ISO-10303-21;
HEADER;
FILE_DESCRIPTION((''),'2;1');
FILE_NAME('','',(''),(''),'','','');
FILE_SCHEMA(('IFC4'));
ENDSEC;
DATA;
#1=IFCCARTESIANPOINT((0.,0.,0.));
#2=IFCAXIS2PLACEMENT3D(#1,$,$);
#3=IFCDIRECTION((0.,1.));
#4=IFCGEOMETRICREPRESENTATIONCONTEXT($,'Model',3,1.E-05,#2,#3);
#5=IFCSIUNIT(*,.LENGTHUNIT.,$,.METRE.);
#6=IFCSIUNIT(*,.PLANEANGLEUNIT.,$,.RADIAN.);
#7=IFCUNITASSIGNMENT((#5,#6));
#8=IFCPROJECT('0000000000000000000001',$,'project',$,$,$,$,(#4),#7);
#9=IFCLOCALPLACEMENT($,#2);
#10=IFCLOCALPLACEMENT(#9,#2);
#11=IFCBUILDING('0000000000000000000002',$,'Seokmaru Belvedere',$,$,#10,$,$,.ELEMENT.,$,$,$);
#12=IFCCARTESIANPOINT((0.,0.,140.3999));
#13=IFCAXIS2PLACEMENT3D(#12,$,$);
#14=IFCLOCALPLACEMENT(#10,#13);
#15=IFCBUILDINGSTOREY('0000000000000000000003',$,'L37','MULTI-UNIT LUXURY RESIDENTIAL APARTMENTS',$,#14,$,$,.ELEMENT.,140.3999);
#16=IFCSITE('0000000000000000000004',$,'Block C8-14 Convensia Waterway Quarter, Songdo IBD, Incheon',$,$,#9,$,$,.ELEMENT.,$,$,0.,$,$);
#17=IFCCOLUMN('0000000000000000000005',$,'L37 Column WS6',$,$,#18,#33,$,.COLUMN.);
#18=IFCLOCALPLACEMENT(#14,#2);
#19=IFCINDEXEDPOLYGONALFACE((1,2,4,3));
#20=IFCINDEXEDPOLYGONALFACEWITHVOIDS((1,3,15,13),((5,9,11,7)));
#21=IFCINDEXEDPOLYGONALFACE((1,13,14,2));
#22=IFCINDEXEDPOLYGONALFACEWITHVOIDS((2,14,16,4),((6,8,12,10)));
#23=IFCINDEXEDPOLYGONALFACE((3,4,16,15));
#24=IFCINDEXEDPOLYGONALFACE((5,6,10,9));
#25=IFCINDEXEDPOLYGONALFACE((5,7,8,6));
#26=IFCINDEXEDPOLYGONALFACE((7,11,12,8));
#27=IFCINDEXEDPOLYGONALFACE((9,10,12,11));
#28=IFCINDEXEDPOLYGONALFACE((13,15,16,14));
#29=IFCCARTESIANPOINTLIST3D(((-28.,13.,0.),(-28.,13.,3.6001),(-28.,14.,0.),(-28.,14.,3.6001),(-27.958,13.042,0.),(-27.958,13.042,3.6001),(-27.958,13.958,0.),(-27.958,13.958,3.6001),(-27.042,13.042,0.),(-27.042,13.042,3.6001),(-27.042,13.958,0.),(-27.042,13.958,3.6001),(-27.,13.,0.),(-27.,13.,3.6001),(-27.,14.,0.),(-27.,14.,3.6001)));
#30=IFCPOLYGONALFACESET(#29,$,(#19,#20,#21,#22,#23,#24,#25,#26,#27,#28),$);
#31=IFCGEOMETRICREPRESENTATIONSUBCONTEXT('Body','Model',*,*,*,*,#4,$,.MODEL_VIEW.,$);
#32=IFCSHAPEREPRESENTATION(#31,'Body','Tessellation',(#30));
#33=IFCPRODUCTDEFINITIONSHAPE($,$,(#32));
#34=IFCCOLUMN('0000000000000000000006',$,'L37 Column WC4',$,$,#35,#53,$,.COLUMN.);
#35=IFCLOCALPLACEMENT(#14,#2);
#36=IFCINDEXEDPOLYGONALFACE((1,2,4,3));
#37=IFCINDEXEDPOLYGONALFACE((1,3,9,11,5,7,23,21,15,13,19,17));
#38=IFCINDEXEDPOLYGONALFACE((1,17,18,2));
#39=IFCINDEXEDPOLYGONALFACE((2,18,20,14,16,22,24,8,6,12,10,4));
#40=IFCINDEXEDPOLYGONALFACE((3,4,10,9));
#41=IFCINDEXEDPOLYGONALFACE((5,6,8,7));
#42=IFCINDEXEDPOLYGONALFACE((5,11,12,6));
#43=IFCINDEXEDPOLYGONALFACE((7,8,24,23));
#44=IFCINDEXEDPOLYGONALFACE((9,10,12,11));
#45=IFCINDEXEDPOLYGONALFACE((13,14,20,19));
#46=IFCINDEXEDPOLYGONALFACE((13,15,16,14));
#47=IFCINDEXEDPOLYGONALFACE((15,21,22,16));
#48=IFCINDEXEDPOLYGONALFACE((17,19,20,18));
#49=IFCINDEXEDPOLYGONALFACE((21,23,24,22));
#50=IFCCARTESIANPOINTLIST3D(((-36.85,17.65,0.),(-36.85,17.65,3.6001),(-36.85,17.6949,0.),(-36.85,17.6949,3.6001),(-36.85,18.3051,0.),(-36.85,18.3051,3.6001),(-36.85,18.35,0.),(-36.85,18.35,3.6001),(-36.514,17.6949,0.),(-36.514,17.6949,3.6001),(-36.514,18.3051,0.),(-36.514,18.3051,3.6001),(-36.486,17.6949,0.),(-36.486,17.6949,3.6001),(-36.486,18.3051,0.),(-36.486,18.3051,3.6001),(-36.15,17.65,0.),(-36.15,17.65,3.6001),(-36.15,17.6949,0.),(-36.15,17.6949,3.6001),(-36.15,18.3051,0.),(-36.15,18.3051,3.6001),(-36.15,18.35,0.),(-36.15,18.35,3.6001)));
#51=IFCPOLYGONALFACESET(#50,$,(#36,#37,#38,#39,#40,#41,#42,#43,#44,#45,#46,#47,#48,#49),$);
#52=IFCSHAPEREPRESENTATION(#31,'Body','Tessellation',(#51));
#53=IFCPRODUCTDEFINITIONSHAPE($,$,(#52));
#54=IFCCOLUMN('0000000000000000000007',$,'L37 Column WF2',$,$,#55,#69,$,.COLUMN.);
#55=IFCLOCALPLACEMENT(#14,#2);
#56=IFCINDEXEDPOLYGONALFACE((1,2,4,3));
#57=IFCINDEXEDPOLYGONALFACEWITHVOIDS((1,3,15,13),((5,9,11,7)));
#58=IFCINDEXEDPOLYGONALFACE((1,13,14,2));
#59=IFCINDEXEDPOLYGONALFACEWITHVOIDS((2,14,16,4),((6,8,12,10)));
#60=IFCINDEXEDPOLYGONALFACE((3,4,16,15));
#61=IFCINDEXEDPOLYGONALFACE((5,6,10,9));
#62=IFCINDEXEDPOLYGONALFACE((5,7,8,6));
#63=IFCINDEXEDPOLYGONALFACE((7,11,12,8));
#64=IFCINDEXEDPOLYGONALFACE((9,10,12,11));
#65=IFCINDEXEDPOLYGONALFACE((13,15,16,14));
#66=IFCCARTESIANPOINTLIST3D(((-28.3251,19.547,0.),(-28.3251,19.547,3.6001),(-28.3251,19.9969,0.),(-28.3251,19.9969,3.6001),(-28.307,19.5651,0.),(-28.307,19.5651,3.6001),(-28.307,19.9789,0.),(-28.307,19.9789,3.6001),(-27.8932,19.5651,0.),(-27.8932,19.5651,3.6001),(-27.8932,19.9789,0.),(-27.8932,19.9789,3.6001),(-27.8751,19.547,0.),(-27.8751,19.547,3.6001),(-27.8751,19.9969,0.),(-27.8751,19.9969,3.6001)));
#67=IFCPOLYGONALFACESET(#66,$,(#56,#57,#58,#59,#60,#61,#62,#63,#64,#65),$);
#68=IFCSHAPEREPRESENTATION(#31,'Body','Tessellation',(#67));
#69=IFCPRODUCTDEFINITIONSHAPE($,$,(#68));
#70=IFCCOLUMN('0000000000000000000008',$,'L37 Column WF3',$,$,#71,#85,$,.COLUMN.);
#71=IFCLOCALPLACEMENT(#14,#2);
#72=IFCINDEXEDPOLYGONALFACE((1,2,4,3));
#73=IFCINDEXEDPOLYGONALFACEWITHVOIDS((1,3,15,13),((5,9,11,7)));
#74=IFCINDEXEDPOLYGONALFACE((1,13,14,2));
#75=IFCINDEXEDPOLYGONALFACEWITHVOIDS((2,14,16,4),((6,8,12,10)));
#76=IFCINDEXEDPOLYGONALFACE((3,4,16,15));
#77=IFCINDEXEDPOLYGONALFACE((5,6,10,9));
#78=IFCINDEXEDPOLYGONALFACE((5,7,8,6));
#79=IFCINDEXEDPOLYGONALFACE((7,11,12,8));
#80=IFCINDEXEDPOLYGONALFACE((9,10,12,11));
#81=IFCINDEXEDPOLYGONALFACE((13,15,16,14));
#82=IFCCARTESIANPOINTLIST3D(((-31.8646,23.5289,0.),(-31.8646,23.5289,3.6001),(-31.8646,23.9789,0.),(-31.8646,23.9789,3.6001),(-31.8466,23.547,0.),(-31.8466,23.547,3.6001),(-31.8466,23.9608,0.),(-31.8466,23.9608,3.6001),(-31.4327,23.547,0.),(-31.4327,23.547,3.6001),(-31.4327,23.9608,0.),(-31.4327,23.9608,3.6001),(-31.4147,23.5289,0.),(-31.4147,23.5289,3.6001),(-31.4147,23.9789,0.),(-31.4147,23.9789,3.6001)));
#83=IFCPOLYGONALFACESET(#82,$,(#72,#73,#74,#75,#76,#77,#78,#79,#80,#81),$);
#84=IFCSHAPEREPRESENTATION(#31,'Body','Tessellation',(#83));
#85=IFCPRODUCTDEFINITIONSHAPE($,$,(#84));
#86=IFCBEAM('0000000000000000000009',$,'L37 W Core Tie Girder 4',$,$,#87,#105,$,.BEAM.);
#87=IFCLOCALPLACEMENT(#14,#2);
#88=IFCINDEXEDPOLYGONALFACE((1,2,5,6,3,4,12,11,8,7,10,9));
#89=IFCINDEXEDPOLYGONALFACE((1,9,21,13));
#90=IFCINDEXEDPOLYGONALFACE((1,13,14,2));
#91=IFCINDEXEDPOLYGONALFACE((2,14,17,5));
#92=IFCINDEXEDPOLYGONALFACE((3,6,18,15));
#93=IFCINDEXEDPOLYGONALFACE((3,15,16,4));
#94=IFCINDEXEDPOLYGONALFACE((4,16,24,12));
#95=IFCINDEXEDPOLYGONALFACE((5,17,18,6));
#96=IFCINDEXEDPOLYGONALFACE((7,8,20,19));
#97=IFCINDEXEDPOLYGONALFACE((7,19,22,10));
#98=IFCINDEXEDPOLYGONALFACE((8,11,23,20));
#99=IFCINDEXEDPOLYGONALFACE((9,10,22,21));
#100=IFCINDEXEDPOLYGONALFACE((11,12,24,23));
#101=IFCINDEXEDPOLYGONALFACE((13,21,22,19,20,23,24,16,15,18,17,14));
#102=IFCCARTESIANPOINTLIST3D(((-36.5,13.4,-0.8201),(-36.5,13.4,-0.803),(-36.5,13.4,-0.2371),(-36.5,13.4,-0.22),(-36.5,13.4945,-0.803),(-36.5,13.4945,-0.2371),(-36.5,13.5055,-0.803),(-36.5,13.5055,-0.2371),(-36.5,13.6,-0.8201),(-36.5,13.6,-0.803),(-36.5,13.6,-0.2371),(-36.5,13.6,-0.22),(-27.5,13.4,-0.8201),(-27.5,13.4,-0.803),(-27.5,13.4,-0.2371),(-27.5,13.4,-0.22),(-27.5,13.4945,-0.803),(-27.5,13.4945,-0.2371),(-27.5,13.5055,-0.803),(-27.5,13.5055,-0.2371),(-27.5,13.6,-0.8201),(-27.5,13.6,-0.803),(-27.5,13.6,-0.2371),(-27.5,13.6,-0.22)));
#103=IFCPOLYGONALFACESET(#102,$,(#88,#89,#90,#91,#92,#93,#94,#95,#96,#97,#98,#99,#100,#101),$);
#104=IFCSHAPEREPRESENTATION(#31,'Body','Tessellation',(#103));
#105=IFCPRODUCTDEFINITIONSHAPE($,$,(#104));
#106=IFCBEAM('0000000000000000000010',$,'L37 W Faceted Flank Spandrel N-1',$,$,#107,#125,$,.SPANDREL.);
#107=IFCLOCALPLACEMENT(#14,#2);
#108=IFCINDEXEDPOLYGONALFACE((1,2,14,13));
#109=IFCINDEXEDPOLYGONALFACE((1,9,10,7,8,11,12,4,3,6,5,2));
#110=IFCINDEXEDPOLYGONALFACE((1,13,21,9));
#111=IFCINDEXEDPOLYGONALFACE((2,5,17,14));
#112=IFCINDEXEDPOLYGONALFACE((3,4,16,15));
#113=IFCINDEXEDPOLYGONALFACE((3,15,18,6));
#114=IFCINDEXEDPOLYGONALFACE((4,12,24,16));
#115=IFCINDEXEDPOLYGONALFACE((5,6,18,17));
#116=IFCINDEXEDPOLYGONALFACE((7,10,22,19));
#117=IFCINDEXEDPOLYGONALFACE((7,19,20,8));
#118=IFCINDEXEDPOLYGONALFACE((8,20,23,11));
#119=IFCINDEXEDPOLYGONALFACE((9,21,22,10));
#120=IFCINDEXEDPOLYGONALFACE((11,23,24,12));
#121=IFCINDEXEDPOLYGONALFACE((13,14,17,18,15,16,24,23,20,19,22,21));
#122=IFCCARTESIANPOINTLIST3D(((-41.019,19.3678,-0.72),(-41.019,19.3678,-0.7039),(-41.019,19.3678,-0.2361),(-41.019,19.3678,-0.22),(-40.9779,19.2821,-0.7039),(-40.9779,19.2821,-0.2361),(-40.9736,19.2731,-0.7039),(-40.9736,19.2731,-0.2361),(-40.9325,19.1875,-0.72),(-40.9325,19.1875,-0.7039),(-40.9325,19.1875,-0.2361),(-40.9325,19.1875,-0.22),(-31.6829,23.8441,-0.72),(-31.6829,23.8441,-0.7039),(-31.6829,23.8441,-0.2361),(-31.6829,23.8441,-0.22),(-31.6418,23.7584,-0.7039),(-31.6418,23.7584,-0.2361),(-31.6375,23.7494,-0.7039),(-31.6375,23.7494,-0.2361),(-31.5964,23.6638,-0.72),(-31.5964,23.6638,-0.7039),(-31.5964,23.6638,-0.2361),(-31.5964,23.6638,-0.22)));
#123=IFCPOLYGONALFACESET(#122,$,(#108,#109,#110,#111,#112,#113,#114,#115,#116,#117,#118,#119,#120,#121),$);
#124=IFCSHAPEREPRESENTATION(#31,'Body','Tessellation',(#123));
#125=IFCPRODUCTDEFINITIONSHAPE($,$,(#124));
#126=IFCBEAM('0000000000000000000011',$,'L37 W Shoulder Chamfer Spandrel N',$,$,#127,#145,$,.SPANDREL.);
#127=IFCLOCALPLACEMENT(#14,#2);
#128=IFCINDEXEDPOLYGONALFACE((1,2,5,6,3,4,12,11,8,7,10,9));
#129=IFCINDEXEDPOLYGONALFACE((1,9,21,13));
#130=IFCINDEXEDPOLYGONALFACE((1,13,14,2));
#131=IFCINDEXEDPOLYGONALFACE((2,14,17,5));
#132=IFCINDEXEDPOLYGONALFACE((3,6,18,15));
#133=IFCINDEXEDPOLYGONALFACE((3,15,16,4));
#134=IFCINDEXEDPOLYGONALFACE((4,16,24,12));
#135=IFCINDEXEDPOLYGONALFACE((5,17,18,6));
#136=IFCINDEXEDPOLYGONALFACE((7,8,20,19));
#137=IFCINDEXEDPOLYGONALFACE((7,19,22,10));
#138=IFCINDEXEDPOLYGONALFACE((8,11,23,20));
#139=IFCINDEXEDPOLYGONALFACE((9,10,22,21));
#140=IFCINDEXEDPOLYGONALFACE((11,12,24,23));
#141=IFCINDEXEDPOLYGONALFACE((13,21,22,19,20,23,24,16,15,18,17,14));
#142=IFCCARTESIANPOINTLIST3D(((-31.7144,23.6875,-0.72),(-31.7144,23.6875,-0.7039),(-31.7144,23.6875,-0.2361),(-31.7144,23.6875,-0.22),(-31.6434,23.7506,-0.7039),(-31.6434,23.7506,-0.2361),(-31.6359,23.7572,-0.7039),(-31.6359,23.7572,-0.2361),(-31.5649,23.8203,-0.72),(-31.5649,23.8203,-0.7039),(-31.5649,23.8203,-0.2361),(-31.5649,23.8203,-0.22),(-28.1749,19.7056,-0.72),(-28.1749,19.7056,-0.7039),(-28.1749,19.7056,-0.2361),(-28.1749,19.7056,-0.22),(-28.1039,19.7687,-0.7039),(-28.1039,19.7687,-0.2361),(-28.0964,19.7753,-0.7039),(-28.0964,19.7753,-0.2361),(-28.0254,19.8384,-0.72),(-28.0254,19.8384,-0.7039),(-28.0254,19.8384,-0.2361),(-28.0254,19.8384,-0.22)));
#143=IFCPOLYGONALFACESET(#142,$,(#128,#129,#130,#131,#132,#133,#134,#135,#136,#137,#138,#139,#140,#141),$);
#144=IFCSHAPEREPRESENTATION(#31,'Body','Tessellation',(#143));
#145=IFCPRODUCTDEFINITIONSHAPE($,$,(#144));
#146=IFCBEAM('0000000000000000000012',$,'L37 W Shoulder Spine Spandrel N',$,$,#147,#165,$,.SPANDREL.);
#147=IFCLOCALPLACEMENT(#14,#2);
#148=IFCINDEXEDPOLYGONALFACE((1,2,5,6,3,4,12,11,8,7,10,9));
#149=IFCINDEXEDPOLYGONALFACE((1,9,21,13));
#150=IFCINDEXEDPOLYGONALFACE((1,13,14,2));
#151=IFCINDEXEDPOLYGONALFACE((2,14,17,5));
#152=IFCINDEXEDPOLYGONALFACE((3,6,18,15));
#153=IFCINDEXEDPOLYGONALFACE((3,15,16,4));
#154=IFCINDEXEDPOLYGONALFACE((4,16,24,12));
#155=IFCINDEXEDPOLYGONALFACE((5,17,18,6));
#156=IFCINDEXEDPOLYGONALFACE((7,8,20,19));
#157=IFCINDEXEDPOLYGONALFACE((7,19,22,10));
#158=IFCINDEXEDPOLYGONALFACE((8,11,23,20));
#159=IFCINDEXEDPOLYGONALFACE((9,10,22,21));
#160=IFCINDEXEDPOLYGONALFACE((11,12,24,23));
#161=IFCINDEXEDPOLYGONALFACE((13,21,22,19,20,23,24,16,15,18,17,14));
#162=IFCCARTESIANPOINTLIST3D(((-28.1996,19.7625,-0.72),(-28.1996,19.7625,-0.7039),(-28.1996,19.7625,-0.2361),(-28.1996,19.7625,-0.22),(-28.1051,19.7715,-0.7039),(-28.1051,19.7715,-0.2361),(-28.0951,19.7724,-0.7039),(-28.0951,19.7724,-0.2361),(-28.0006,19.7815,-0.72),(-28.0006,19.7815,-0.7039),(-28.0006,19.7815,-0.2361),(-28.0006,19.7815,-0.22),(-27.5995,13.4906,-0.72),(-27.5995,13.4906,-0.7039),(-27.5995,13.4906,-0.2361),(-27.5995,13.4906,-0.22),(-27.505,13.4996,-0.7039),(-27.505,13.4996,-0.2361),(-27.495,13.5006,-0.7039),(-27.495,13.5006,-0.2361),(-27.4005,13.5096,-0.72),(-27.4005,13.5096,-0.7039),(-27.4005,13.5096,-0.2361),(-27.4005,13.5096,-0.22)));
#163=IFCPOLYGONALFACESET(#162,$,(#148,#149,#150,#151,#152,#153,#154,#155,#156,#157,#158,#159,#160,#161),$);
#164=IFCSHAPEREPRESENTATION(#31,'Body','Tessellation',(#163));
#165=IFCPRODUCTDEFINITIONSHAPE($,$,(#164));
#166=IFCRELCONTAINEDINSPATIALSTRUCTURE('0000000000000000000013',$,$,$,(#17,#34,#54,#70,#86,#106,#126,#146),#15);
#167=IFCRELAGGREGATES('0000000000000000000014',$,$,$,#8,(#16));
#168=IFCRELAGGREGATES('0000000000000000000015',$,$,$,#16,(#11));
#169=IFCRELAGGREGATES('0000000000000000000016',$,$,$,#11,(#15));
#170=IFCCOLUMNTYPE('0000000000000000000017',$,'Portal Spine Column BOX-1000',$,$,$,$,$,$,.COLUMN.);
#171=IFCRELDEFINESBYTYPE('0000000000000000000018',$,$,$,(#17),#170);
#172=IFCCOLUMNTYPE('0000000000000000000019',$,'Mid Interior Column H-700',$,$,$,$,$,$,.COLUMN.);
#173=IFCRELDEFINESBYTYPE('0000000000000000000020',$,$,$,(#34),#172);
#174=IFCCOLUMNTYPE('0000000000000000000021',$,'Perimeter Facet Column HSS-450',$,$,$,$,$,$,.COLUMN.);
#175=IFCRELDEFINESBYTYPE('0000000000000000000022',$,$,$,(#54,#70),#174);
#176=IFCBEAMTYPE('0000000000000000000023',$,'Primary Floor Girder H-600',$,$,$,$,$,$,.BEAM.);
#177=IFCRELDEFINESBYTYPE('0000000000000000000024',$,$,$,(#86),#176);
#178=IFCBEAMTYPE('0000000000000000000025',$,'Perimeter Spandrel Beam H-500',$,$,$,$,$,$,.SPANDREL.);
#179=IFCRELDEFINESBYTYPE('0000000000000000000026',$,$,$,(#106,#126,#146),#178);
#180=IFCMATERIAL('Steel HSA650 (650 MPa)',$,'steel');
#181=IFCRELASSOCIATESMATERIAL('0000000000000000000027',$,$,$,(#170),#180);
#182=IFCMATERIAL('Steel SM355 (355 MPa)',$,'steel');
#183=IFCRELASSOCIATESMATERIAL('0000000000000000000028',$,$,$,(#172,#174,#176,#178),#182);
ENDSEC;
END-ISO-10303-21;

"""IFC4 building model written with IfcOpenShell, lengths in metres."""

from ifc_helpers import new_model, si_unit, direction, frame, origin, origin_2d, place, context, subcontext, project, spatial, hollow_rectangle, i_section, extrude, source, transform, mapped, material, material_profile, profile_set, type_object, type_shapes, element, save


model = new_model("IFC4")

# Units and contexts
model_context = context("Model", 3, precision=1e-05, world=origin(), true_north=direction((0.0, 1.0)))
body_context = subcontext(model_context, "Body", "Model", "MODEL_VIEW")
ifc_project = project(units=[si_unit("LENGTHUNIT", "METRE"), si_unit("PLANEANGLEUNIT", "RADIAN")], contexts=[model_context])

# Site, building, storey
site_placement = place(None, origin())
site = spatial("IfcSite", under=ifc_project, at=site_placement, Name="Block C8-14 Convensia Waterway Quarter, Songdo IBD, Incheon", CompositionType="ELEMENT", RefElevation=0.0)
building_placement = place(site_placement, origin())
building = spatial("IfcBuilding", under=site, at=building_placement, Name="Seokmaru Belvedere", CompositionType="ELEMENT")
storey_placement = place(building_placement, frame((0.0, 0.0, 140.3999)))
storey = spatial("IfcBuildingStorey", under=building, at=storey_placement, Name="L37", Description="MULTI-UNIT LUXURY RESIDENTIAL APARTMENTS", CompositionType="ELEMENT", Elevation=140.3999)

# Columns
ifc_material_1 = material(Name="Steel HSA650 (650 MPa)", Category="steel")
ifc_material_profile_1 = material_profile(ifc_material_1, hollow_rectangle(XDim=1.0, YDim=1.0, WallThickness=0.042, at=origin_2d()), Name="BOX-1000x1000x42")
ifc_profile_set_1 = profile_set([ifc_material_profile_1], Name="Steel HSA650 (650 MPa)")
column_type_1 = type_object("IfcColumnType", Name="Portal Spine Column BOX-1000", PredefinedType="COLUMN", material=ifc_profile_set_1)
shared_shape_1 = source(origin(), body_context, "Body", "SweptSolid", [
    extrude(hollow_rectangle(XDim=1.0, YDim=1.0, WallThickness=0.042, at=origin_2d()), origin(), (0.0, 0.0, 1.0), 3.6001),
])
type_shapes(column_type_1, [shared_shape_1])
column_1_placement = place(storey_placement, frame((-27.5, 13.5, 0.0), z_axis=(0.0, 0.0, 1.0), x_axis=(1.0, 0.0, 0.0)))
element("IfcColumn", 1, at=column_1_placement, inside=storey, type_object=column_type_1, Name="L37 Column WS6", PredefinedType="COLUMN", context=body_context, shape_type="MappedRepresentation", body=[
    mapped(shared_shape_1, transform((0.0, 0.0, 0.0), scale=1.0)),
])
ifc_material_2 = material(Name="Steel SM355 (355 MPa)", Category="steel")
ifc_material_profile_2 = material_profile(ifc_material_2, i_section(OverallWidth=0.7, OverallDepth=0.7, WebThickness=0.0281, FlangeThickness=0.0449, at=origin_2d()), Name="H-700x700x28x45")
ifc_profile_set_2 = profile_set([ifc_material_profile_2], Name="Steel SM355 (355 MPa)")
column_type_2 = type_object("IfcColumnType", Name="Mid Interior Column H-700", PredefinedType="COLUMN", material=ifc_profile_set_2)
shared_shape_2 = source(origin(), body_context, "Body", "SweptSolid", [
    extrude(i_section(OverallWidth=0.7, OverallDepth=0.7, WebThickness=0.0281, FlangeThickness=0.0449, at=origin_2d()), origin(), (0.0, 0.0, 1.0), 3.6001),
])
type_shapes(column_type_2, [shared_shape_2])
column_2_placement = place(storey_placement, frame((-36.5, 18.0, 0.0), z_axis=(0.0, 0.0, 1.0), x_axis=(1.0, 0.0, 0.0)))
element("IfcColumn", 2, at=column_2_placement, inside=storey, type_object=column_type_2, Name="L37 Column WC4", PredefinedType="COLUMN", context=body_context, shape_type="MappedRepresentation", body=[
    mapped(shared_shape_2, transform((0.0, 0.0, 0.0), scale=1.0)),
])
ifc_material_profile_3 = material_profile(ifc_material_2, hollow_rectangle(XDim=0.45, YDim=0.45, WallThickness=0.0181, at=origin_2d()), Name="HSS-450x450x18")
ifc_profile_set_3 = profile_set([ifc_material_profile_3], Name="Steel SM355 (355 MPa)")
column_type_3 = type_object("IfcColumnType", Name="Perimeter Facet Column HSS-450", PredefinedType="COLUMN", material=ifc_profile_set_3)
shared_shape_3 = source(origin(), body_context, "Body", "SweptSolid", [
    extrude(hollow_rectangle(XDim=0.45, YDim=0.45, WallThickness=0.0181, at=origin_2d()), origin(), (0.0, 0.0, 1.0), 3.6001),
])
type_shapes(column_type_3, [shared_shape_3])
for number, where, z_axis, x_axis, name in (
    (3, (-28.1001, 19.772, 0.0), (0.0, 0.0, 1.0), (1.0, 0.0, 0.0), "L37 Column WF2"),
    (4, (-31.6396, 23.7539, 0.0), (0.0, 0.0, 1.0), (1.0, 0.0, 0.0), "L37 Column WF3"),
):
    element("IfcColumn", number, at=place(storey_placement, frame(where, z_axis=z_axis, x_axis=x_axis)), inside=storey, type_object=column_type_3, Name=name, PredefinedType="COLUMN", context=body_context, shape_type="MappedRepresentation", body=[
        mapped(shared_shape_3, transform((0.0, 0.0, 0.0), scale=1.0)),
    ])

# Beams
ifc_material_profile_4 = material_profile(ifc_material_2, i_section(OverallWidth=0.2, OverallDepth=0.6001, WebThickness=0.011, FlangeThickness=0.0171, at=origin_2d()), Name="H-600x200x11x17")
ifc_profile_set_4 = profile_set([ifc_material_profile_4], Name="Steel SM355 (355 MPa)")
beam_type_1 = type_object("IfcBeamType", Name="Primary Floor Girder H-600", PredefinedType="BEAM", material=ifc_profile_set_4)
shared_shape_4 = source(origin(), body_context, "Body", "SweptSolid", [
    extrude(i_section(OverallWidth=0.2, OverallDepth=0.6001, WebThickness=0.011, FlangeThickness=0.0171, at=origin_2d()), origin(), (0.0, 0.0, 1.0), 9.0),
])
type_shapes(beam_type_1, [shared_shape_4])
beam_1_placement = place(storey_placement, frame((-36.5, 13.5, -0.52), z_axis=(1.0, 0.0, 0.0), x_axis=(0.0, 1.0, 0.0)))
element("IfcBeam", 5, at=beam_1_placement, inside=storey, type_object=beam_type_1, Name="L37 W Core Tie Girder 4", PredefinedType="BEAM", context=body_context, shape_type="MappedRepresentation", body=[
    mapped(shared_shape_4, transform((0.0, 0.0, 0.0), scale=1.0)),
])
ifc_material_profile_5 = material_profile(ifc_material_2, i_section(OverallWidth=0.2, OverallDepth=0.5, WebThickness=0.01, FlangeThickness=0.0161, at=origin_2d()), Name="H-500x200x10x16")
ifc_profile_set_5 = profile_set([ifc_material_profile_5], Name="Steel SM355 (355 MPa)")
beam_type_2 = type_object("IfcBeamType", Name="Perimeter Spandrel Beam H-500", PredefinedType="SPANDREL", material=ifc_profile_set_5)
shared_shape_5 = source(origin(), body_context, "Body", "SweptSolid", [
    extrude(i_section(OverallWidth=0.2, OverallDepth=0.5, WebThickness=0.01, FlangeThickness=0.0161, at=origin_2d()), origin(), (0.0, 0.0, 1.0), 10.3538),
])
beam_2_placement = place(storey_placement, frame((-31.6396, 23.7539, -0.47), z_axis=(-0.901713, -0.432335, 0.0), x_axis=(0.432335, -0.901713, 0.0)))
element("IfcBeam", 6, at=beam_2_placement, inside=storey, type_object=beam_type_2, Name="L37 W Faceted Flank Spandrel N-1", PredefinedType="SPANDREL", context=body_context, shape_type="MappedRepresentation", body=[
    mapped(shared_shape_5, transform((0.0, 0.0, 0.0), scale=1.0)),
])
shared_shape_6 = source(origin(), body_context, "Body", "SweptSolid", [
    extrude(i_section(OverallWidth=0.2, OverallDepth=0.5, WebThickness=0.01, FlangeThickness=0.0161, at=origin_2d()), origin(), (0.0, 0.0, 1.0), 5.3276),
])
beam_3_placement = place(storey_placement, frame((-31.6396, 23.7539, -0.47), z_axis=(0.66437, -0.747404, 0.0), x_axis=(0.747404, 0.66437, 0.0)))
element("IfcBeam", 7, at=beam_3_placement, inside=storey, type_object=beam_type_2, Name="L37 W Shoulder Chamfer Spandrel N", PredefinedType="SPANDREL", context=body_context, shape_type="MappedRepresentation", body=[
    mapped(shared_shape_6, transform((0.0, 0.0, 0.0), scale=1.0)),
])
shared_shape_7 = source(origin(), body_context, "Body", "SweptSolid", [
    extrude(i_section(OverallWidth=0.2, OverallDepth=0.5, WebThickness=0.01, FlangeThickness=0.0161, at=origin_2d()), origin(), (0.0, 0.0, 1.0), 6.3005),
])
type_shapes(beam_type_2, [shared_shape_5, shared_shape_6, shared_shape_7])
beam_4_placement = place(storey_placement, frame((-28.1001, 19.772, -0.47), z_axis=(0.095244, -0.995454, 0.0), x_axis=(0.995454, 0.095244, 0.0)))
element("IfcBeam", 8, at=beam_4_placement, inside=storey, type_object=beam_type_2, Name="L37 W Shoulder Spine Spandrel N", PredefinedType="SPANDREL", context=body_context, shape_type="MappedRepresentation", body=[
    mapped(shared_shape_7, transform((0.0, 0.0, 0.0), scale=1.0)),
])

save(model, "model.ifc")
